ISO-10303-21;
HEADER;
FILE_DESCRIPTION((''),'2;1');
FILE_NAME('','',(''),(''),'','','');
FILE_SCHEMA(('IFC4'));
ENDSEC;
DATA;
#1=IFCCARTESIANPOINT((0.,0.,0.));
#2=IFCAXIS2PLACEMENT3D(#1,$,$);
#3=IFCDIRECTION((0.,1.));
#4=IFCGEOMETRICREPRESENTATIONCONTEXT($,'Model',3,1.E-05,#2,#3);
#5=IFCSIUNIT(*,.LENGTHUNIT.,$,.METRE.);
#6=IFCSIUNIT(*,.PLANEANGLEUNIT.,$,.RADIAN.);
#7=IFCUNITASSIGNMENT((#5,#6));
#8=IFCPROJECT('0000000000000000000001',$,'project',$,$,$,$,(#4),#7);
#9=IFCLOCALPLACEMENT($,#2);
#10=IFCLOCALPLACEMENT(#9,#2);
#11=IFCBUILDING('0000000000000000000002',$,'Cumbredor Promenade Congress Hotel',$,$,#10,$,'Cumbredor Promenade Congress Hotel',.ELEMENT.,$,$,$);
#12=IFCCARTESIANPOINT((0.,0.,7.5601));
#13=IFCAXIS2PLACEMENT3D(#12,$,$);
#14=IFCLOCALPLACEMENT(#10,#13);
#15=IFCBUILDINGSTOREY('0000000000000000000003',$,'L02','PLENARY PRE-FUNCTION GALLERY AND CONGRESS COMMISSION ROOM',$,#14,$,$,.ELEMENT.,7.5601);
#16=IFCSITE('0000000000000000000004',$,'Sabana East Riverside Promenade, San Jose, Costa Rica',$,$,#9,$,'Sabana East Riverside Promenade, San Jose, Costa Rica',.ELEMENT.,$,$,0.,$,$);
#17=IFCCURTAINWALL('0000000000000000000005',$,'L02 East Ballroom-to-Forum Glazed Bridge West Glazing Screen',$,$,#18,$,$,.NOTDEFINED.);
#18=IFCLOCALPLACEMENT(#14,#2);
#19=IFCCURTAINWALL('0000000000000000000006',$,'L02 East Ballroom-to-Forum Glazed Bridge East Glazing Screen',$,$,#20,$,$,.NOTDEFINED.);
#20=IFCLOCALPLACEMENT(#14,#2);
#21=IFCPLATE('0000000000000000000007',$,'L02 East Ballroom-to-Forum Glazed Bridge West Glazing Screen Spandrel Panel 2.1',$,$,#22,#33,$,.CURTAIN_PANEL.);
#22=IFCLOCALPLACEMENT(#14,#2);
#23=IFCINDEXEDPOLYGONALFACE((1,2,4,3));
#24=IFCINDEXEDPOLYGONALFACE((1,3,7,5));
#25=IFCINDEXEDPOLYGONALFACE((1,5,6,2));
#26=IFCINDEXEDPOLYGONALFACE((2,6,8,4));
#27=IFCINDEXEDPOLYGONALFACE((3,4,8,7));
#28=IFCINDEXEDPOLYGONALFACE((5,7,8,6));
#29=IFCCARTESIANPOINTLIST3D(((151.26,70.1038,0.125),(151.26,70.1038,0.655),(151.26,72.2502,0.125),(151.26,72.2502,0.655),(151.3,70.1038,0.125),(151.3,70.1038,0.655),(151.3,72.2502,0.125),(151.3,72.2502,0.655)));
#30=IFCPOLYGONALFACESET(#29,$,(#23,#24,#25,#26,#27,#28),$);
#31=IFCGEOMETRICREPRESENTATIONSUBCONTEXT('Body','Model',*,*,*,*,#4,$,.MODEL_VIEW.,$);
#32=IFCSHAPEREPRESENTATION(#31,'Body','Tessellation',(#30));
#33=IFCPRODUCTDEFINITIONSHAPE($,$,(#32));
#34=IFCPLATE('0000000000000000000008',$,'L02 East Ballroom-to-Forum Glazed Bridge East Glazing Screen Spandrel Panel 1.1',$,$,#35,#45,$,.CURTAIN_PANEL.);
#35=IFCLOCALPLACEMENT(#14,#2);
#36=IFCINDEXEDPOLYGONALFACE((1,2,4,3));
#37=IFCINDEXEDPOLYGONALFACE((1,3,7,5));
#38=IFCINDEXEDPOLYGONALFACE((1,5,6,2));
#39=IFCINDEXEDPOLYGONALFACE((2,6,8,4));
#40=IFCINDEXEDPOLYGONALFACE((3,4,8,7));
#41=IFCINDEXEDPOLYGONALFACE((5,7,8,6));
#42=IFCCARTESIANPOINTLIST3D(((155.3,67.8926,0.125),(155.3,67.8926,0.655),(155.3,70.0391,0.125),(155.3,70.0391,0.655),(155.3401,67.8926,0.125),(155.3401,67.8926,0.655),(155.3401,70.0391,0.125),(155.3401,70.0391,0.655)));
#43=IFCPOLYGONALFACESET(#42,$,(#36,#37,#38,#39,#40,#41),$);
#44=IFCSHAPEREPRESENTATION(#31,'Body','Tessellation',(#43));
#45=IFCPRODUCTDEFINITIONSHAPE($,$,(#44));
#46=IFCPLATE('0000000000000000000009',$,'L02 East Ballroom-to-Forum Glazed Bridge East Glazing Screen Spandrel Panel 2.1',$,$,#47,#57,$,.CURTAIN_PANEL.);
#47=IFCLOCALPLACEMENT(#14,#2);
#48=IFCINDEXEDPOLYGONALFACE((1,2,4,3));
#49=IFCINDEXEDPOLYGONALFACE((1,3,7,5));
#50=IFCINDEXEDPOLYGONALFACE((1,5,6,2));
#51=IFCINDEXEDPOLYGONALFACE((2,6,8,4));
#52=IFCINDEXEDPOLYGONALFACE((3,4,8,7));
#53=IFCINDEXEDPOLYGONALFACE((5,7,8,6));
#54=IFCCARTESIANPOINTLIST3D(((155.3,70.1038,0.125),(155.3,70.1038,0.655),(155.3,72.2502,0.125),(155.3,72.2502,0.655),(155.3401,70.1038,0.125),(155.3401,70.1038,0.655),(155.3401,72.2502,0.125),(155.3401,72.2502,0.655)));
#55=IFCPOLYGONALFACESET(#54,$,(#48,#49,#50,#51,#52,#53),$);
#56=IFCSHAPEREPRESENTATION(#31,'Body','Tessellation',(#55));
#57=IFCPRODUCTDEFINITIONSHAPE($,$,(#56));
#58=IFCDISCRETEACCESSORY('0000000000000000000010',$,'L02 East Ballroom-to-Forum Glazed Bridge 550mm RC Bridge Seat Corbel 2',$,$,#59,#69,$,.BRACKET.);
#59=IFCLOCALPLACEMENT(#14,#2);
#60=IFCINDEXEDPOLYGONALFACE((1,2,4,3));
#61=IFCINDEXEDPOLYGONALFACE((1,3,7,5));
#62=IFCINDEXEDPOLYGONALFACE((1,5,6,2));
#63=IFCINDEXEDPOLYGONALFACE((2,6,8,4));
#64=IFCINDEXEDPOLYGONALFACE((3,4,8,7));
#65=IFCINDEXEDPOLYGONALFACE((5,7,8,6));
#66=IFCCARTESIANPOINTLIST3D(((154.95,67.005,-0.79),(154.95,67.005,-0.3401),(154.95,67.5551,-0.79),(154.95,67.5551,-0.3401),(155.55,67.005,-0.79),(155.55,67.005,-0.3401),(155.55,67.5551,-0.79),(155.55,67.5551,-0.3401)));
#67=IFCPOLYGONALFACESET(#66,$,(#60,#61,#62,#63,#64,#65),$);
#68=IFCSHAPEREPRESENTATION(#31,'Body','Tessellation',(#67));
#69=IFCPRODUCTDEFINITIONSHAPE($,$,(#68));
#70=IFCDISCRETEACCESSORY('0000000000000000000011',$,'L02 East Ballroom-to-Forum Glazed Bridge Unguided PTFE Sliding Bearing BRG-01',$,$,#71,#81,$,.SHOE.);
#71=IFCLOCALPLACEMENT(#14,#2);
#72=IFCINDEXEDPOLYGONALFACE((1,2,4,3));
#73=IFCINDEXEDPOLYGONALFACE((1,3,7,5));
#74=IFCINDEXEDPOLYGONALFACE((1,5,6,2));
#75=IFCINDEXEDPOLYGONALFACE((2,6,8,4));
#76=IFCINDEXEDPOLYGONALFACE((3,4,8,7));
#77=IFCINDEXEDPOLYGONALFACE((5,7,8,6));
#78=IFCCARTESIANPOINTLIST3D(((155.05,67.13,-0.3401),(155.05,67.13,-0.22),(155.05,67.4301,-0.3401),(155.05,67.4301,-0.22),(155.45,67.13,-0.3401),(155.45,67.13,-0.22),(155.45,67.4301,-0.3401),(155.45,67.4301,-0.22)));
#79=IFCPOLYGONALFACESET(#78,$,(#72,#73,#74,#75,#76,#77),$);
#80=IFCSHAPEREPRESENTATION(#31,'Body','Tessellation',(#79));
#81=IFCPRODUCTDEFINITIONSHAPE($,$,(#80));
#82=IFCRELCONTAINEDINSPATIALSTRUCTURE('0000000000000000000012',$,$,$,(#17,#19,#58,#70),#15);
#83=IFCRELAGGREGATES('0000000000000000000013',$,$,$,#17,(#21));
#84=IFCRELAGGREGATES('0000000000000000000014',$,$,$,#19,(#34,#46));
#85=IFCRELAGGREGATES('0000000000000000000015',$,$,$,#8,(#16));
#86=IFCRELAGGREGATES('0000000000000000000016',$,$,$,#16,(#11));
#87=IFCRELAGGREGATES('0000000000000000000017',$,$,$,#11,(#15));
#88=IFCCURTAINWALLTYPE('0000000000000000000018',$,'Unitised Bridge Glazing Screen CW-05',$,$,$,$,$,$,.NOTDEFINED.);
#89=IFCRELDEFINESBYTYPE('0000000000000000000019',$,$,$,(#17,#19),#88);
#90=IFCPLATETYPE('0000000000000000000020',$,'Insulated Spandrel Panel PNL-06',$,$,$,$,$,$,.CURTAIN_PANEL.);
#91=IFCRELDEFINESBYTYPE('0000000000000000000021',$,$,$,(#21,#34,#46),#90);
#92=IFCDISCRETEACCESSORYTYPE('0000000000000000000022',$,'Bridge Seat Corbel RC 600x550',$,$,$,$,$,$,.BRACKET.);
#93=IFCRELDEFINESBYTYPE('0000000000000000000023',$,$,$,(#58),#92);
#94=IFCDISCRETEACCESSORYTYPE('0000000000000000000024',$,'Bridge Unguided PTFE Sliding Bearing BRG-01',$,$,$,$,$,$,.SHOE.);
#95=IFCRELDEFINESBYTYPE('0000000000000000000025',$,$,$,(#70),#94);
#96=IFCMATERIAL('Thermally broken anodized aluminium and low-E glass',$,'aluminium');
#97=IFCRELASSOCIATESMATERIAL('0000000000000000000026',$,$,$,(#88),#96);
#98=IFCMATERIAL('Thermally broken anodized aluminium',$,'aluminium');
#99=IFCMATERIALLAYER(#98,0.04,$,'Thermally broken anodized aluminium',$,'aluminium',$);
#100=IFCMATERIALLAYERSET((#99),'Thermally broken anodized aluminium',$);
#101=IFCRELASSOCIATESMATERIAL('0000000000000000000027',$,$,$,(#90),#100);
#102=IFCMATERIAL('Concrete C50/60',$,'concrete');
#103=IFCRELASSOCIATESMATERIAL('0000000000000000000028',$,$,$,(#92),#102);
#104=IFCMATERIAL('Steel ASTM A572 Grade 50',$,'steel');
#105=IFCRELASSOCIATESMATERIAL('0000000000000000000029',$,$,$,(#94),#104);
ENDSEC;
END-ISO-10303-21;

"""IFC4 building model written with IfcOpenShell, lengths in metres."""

from ifc_helpers import new_model, si_unit, direction, frame, origin, origin_2d, place, context, subcontext, project, spatial, rectangle, extrude, material, layer, layer_set, type_object, element, aggregate, save


model = new_model("IFC4")

# Units and contexts
model_context = context("Model", 3, precision=1e-05, world=origin(), true_north=direction((0.0, 1.0)))
body_context = subcontext(model_context, "Body", "Model", "MODEL_VIEW")
ifc_project = project(units=[si_unit("LENGTHUNIT", "METRE"), si_unit("PLANEANGLEUNIT", "RADIAN")], contexts=[model_context])

# Site, building, storey
site_placement = place(None, origin())
site = spatial("IfcSite", under=ifc_project, at=site_placement, Name="Sabana East Riverside Promenade, San Jose, Costa Rica", LongName="Sabana East Riverside Promenade, San Jose, Costa Rica", CompositionType="ELEMENT", RefElevation=0.0)
building_placement = place(site_placement, origin())
building = spatial("IfcBuilding", under=site, at=building_placement, Name="Cumbredor Promenade Congress Hotel", LongName="Cumbredor Promenade Congress Hotel", CompositionType="ELEMENT")
storey_placement = place(building_placement, frame((0.0, 0.0, 7.5601)))
storey = spatial("IfcBuildingStorey", under=building, at=storey_placement, Name="L02", Description="PLENARY PRE-FUNCTION GALLERY AND CONGRESS COMMISSION ROOM", CompositionType="ELEMENT", Elevation=7.5601)

# Curtain walls
ifc_material_1 = material(Name="Thermally broken anodized aluminium and low-E glass", Category="aluminium")
curtain_wall_type_1 = type_object("IfcCurtainWallType", Name="Unitised Bridge Glazing Screen CW-05", PredefinedType="NOTDEFINED", material=ifc_material_1)
curtain_wall_1_placement = place(storey_placement, origin())
curtain_wall_1 = element("IfcCurtainWall", 1, at=curtain_wall_1_placement, inside=storey, type_object=curtain_wall_type_1, Name="L02 East Ballroom-to-Forum Glazed Bridge West Glazing Screen", PredefinedType="NOTDEFINED")
ifc_material_2 = material(Name="Thermally broken anodized aluminium", Category="aluminium")
curtain_wall_2_placement = place(storey_placement, origin())
curtain_wall_2 = element("IfcCurtainWall", 2, at=curtain_wall_2_placement, inside=storey, type_object=curtain_wall_type_1, Name="L02 East Ballroom-to-Forum Glazed Bridge East Glazing Screen", PredefinedType="NOTDEFINED")

# Shared definitions
ifc_material_3 = material(Name="Steel ASTM A572 Grade 50", Category="steel")

# Plates
ifc_layer_1 = layer(ifc_material_2, 0.04, Name="Thermally broken anodized aluminium", Category="aluminium")
ifc_layer_set_1 = layer_set([ifc_layer_1], Name="Thermally broken anodized aluminium")
plate_type_1 = type_object("IfcPlateType", Name="Insulated Spandrel Panel PNL-06", PredefinedType="CURTAIN_PANEL", material=ifc_layer_set_1)
plate_1_placement = place(storey_placement, frame((151.28, 71.177, 0.125), z_axis=(0.0, 0.0, 1.0), x_axis=(0.0, 1.0, 0.0)))
plate_1 = element("IfcPlate", 3, at=plate_1_placement, type_object=plate_type_1, Name="L02 East Ballroom-to-Forum Glazed Bridge West Glazing Screen Spandrel Panel 2.1", PredefinedType="CURTAIN_PANEL", context=body_context, shape_type="SweptSolid", body=[
    extrude(rectangle(XDim=2.1465, YDim=0.04, at=origin_2d()), origin(), (0.0, 0.0, 1.0), 0.53),
])
aggregate(curtain_wall_1, [plate_1])
plate_2_placement = place(storey_placement, frame((155.3201, 68.9658, 0.125), z_axis=(0.0, 0.0, 1.0), x_axis=(0.0, 1.0, 0.0)))
plate_2 = element("IfcPlate", 4, at=plate_2_placement, type_object=plate_type_1, Name="L02 East Ballroom-to-Forum Glazed Bridge East Glazing Screen Spandrel Panel 1.1", PredefinedType="CURTAIN_PANEL", context=body_context, shape_type="SweptSolid", body=[
    extrude(rectangle(XDim=2.1465, YDim=0.04, at=origin_2d()), origin(), (0.0, 0.0, 1.0), 0.53),
])
plate_3_placement = place(storey_placement, frame((155.3201, 71.177, 0.125), z_axis=(0.0, 0.0, 1.0), x_axis=(0.0, 1.0, 0.0)))
plate_3 = element("IfcPlate", 5, at=plate_3_placement, type_object=plate_type_1, Name="L02 East Ballroom-to-Forum Glazed Bridge East Glazing Screen Spandrel Panel 2.1", PredefinedType="CURTAIN_PANEL", context=body_context, shape_type="SweptSolid", body=[
    extrude(rectangle(XDim=2.1465, YDim=0.04, at=origin_2d()), origin(), (0.0, 0.0, 1.0), 0.53),
])
aggregate(curtain_wall_2, [plate_2, plate_3])

# Discrete accessories
ifc_material_4 = material(Name="Concrete C50/60", Category="concrete")
discrete_accessory_type_1 = type_object("IfcDiscreteAccessoryType", Name="Bridge Seat Corbel RC 600x550", PredefinedType="BRACKET", material=ifc_material_4)
discrete_accessory_1_placement = place(storey_placement, frame((155.25, 67.28, -0.79), z_axis=(0.0, 0.0, 1.0), x_axis=(0.0, 1.0, 0.0)))
element("IfcDiscreteAccessory", 6, at=discrete_accessory_1_placement, inside=storey, type_object=discrete_accessory_type_1, Name="L02 East Ballroom-to-Forum Glazed Bridge 550mm RC Bridge Seat Corbel 2", PredefinedType="BRACKET", context=body_context, shape_type="SweptSolid", body=[
    extrude(rectangle(XDim=0.55, YDim=0.6001, at=origin_2d()), origin(), (0.0, 0.0, 1.0), 0.45),
])
discrete_accessory_type_2 = type_object("IfcDiscreteAccessoryType", Name="Bridge Unguided PTFE Sliding Bearing BRG-01", PredefinedType="SHOE", material=ifc_material_3)
discrete_accessory_2_placement = place(storey_placement, frame((155.25, 67.28, -0.3401), z_axis=(0.0, 0.0, 1.0), x_axis=(0.0, 1.0, 0.0)))
element("IfcDiscreteAccessory", 7, at=discrete_accessory_2_placement, inside=storey, type_object=discrete_accessory_type_2, Name="L02 East Ballroom-to-Forum Glazed Bridge Unguided PTFE Sliding Bearing BRG-01", PredefinedType="SHOE", context=body_context, shape_type="SweptSolid", body=[
    extrude(rectangle(XDim=0.3, YDim=0.3999, at=origin_2d()), origin(), (0.0, 0.0, 1.0), 0.1201),
])

save(model, "model.ifc")
